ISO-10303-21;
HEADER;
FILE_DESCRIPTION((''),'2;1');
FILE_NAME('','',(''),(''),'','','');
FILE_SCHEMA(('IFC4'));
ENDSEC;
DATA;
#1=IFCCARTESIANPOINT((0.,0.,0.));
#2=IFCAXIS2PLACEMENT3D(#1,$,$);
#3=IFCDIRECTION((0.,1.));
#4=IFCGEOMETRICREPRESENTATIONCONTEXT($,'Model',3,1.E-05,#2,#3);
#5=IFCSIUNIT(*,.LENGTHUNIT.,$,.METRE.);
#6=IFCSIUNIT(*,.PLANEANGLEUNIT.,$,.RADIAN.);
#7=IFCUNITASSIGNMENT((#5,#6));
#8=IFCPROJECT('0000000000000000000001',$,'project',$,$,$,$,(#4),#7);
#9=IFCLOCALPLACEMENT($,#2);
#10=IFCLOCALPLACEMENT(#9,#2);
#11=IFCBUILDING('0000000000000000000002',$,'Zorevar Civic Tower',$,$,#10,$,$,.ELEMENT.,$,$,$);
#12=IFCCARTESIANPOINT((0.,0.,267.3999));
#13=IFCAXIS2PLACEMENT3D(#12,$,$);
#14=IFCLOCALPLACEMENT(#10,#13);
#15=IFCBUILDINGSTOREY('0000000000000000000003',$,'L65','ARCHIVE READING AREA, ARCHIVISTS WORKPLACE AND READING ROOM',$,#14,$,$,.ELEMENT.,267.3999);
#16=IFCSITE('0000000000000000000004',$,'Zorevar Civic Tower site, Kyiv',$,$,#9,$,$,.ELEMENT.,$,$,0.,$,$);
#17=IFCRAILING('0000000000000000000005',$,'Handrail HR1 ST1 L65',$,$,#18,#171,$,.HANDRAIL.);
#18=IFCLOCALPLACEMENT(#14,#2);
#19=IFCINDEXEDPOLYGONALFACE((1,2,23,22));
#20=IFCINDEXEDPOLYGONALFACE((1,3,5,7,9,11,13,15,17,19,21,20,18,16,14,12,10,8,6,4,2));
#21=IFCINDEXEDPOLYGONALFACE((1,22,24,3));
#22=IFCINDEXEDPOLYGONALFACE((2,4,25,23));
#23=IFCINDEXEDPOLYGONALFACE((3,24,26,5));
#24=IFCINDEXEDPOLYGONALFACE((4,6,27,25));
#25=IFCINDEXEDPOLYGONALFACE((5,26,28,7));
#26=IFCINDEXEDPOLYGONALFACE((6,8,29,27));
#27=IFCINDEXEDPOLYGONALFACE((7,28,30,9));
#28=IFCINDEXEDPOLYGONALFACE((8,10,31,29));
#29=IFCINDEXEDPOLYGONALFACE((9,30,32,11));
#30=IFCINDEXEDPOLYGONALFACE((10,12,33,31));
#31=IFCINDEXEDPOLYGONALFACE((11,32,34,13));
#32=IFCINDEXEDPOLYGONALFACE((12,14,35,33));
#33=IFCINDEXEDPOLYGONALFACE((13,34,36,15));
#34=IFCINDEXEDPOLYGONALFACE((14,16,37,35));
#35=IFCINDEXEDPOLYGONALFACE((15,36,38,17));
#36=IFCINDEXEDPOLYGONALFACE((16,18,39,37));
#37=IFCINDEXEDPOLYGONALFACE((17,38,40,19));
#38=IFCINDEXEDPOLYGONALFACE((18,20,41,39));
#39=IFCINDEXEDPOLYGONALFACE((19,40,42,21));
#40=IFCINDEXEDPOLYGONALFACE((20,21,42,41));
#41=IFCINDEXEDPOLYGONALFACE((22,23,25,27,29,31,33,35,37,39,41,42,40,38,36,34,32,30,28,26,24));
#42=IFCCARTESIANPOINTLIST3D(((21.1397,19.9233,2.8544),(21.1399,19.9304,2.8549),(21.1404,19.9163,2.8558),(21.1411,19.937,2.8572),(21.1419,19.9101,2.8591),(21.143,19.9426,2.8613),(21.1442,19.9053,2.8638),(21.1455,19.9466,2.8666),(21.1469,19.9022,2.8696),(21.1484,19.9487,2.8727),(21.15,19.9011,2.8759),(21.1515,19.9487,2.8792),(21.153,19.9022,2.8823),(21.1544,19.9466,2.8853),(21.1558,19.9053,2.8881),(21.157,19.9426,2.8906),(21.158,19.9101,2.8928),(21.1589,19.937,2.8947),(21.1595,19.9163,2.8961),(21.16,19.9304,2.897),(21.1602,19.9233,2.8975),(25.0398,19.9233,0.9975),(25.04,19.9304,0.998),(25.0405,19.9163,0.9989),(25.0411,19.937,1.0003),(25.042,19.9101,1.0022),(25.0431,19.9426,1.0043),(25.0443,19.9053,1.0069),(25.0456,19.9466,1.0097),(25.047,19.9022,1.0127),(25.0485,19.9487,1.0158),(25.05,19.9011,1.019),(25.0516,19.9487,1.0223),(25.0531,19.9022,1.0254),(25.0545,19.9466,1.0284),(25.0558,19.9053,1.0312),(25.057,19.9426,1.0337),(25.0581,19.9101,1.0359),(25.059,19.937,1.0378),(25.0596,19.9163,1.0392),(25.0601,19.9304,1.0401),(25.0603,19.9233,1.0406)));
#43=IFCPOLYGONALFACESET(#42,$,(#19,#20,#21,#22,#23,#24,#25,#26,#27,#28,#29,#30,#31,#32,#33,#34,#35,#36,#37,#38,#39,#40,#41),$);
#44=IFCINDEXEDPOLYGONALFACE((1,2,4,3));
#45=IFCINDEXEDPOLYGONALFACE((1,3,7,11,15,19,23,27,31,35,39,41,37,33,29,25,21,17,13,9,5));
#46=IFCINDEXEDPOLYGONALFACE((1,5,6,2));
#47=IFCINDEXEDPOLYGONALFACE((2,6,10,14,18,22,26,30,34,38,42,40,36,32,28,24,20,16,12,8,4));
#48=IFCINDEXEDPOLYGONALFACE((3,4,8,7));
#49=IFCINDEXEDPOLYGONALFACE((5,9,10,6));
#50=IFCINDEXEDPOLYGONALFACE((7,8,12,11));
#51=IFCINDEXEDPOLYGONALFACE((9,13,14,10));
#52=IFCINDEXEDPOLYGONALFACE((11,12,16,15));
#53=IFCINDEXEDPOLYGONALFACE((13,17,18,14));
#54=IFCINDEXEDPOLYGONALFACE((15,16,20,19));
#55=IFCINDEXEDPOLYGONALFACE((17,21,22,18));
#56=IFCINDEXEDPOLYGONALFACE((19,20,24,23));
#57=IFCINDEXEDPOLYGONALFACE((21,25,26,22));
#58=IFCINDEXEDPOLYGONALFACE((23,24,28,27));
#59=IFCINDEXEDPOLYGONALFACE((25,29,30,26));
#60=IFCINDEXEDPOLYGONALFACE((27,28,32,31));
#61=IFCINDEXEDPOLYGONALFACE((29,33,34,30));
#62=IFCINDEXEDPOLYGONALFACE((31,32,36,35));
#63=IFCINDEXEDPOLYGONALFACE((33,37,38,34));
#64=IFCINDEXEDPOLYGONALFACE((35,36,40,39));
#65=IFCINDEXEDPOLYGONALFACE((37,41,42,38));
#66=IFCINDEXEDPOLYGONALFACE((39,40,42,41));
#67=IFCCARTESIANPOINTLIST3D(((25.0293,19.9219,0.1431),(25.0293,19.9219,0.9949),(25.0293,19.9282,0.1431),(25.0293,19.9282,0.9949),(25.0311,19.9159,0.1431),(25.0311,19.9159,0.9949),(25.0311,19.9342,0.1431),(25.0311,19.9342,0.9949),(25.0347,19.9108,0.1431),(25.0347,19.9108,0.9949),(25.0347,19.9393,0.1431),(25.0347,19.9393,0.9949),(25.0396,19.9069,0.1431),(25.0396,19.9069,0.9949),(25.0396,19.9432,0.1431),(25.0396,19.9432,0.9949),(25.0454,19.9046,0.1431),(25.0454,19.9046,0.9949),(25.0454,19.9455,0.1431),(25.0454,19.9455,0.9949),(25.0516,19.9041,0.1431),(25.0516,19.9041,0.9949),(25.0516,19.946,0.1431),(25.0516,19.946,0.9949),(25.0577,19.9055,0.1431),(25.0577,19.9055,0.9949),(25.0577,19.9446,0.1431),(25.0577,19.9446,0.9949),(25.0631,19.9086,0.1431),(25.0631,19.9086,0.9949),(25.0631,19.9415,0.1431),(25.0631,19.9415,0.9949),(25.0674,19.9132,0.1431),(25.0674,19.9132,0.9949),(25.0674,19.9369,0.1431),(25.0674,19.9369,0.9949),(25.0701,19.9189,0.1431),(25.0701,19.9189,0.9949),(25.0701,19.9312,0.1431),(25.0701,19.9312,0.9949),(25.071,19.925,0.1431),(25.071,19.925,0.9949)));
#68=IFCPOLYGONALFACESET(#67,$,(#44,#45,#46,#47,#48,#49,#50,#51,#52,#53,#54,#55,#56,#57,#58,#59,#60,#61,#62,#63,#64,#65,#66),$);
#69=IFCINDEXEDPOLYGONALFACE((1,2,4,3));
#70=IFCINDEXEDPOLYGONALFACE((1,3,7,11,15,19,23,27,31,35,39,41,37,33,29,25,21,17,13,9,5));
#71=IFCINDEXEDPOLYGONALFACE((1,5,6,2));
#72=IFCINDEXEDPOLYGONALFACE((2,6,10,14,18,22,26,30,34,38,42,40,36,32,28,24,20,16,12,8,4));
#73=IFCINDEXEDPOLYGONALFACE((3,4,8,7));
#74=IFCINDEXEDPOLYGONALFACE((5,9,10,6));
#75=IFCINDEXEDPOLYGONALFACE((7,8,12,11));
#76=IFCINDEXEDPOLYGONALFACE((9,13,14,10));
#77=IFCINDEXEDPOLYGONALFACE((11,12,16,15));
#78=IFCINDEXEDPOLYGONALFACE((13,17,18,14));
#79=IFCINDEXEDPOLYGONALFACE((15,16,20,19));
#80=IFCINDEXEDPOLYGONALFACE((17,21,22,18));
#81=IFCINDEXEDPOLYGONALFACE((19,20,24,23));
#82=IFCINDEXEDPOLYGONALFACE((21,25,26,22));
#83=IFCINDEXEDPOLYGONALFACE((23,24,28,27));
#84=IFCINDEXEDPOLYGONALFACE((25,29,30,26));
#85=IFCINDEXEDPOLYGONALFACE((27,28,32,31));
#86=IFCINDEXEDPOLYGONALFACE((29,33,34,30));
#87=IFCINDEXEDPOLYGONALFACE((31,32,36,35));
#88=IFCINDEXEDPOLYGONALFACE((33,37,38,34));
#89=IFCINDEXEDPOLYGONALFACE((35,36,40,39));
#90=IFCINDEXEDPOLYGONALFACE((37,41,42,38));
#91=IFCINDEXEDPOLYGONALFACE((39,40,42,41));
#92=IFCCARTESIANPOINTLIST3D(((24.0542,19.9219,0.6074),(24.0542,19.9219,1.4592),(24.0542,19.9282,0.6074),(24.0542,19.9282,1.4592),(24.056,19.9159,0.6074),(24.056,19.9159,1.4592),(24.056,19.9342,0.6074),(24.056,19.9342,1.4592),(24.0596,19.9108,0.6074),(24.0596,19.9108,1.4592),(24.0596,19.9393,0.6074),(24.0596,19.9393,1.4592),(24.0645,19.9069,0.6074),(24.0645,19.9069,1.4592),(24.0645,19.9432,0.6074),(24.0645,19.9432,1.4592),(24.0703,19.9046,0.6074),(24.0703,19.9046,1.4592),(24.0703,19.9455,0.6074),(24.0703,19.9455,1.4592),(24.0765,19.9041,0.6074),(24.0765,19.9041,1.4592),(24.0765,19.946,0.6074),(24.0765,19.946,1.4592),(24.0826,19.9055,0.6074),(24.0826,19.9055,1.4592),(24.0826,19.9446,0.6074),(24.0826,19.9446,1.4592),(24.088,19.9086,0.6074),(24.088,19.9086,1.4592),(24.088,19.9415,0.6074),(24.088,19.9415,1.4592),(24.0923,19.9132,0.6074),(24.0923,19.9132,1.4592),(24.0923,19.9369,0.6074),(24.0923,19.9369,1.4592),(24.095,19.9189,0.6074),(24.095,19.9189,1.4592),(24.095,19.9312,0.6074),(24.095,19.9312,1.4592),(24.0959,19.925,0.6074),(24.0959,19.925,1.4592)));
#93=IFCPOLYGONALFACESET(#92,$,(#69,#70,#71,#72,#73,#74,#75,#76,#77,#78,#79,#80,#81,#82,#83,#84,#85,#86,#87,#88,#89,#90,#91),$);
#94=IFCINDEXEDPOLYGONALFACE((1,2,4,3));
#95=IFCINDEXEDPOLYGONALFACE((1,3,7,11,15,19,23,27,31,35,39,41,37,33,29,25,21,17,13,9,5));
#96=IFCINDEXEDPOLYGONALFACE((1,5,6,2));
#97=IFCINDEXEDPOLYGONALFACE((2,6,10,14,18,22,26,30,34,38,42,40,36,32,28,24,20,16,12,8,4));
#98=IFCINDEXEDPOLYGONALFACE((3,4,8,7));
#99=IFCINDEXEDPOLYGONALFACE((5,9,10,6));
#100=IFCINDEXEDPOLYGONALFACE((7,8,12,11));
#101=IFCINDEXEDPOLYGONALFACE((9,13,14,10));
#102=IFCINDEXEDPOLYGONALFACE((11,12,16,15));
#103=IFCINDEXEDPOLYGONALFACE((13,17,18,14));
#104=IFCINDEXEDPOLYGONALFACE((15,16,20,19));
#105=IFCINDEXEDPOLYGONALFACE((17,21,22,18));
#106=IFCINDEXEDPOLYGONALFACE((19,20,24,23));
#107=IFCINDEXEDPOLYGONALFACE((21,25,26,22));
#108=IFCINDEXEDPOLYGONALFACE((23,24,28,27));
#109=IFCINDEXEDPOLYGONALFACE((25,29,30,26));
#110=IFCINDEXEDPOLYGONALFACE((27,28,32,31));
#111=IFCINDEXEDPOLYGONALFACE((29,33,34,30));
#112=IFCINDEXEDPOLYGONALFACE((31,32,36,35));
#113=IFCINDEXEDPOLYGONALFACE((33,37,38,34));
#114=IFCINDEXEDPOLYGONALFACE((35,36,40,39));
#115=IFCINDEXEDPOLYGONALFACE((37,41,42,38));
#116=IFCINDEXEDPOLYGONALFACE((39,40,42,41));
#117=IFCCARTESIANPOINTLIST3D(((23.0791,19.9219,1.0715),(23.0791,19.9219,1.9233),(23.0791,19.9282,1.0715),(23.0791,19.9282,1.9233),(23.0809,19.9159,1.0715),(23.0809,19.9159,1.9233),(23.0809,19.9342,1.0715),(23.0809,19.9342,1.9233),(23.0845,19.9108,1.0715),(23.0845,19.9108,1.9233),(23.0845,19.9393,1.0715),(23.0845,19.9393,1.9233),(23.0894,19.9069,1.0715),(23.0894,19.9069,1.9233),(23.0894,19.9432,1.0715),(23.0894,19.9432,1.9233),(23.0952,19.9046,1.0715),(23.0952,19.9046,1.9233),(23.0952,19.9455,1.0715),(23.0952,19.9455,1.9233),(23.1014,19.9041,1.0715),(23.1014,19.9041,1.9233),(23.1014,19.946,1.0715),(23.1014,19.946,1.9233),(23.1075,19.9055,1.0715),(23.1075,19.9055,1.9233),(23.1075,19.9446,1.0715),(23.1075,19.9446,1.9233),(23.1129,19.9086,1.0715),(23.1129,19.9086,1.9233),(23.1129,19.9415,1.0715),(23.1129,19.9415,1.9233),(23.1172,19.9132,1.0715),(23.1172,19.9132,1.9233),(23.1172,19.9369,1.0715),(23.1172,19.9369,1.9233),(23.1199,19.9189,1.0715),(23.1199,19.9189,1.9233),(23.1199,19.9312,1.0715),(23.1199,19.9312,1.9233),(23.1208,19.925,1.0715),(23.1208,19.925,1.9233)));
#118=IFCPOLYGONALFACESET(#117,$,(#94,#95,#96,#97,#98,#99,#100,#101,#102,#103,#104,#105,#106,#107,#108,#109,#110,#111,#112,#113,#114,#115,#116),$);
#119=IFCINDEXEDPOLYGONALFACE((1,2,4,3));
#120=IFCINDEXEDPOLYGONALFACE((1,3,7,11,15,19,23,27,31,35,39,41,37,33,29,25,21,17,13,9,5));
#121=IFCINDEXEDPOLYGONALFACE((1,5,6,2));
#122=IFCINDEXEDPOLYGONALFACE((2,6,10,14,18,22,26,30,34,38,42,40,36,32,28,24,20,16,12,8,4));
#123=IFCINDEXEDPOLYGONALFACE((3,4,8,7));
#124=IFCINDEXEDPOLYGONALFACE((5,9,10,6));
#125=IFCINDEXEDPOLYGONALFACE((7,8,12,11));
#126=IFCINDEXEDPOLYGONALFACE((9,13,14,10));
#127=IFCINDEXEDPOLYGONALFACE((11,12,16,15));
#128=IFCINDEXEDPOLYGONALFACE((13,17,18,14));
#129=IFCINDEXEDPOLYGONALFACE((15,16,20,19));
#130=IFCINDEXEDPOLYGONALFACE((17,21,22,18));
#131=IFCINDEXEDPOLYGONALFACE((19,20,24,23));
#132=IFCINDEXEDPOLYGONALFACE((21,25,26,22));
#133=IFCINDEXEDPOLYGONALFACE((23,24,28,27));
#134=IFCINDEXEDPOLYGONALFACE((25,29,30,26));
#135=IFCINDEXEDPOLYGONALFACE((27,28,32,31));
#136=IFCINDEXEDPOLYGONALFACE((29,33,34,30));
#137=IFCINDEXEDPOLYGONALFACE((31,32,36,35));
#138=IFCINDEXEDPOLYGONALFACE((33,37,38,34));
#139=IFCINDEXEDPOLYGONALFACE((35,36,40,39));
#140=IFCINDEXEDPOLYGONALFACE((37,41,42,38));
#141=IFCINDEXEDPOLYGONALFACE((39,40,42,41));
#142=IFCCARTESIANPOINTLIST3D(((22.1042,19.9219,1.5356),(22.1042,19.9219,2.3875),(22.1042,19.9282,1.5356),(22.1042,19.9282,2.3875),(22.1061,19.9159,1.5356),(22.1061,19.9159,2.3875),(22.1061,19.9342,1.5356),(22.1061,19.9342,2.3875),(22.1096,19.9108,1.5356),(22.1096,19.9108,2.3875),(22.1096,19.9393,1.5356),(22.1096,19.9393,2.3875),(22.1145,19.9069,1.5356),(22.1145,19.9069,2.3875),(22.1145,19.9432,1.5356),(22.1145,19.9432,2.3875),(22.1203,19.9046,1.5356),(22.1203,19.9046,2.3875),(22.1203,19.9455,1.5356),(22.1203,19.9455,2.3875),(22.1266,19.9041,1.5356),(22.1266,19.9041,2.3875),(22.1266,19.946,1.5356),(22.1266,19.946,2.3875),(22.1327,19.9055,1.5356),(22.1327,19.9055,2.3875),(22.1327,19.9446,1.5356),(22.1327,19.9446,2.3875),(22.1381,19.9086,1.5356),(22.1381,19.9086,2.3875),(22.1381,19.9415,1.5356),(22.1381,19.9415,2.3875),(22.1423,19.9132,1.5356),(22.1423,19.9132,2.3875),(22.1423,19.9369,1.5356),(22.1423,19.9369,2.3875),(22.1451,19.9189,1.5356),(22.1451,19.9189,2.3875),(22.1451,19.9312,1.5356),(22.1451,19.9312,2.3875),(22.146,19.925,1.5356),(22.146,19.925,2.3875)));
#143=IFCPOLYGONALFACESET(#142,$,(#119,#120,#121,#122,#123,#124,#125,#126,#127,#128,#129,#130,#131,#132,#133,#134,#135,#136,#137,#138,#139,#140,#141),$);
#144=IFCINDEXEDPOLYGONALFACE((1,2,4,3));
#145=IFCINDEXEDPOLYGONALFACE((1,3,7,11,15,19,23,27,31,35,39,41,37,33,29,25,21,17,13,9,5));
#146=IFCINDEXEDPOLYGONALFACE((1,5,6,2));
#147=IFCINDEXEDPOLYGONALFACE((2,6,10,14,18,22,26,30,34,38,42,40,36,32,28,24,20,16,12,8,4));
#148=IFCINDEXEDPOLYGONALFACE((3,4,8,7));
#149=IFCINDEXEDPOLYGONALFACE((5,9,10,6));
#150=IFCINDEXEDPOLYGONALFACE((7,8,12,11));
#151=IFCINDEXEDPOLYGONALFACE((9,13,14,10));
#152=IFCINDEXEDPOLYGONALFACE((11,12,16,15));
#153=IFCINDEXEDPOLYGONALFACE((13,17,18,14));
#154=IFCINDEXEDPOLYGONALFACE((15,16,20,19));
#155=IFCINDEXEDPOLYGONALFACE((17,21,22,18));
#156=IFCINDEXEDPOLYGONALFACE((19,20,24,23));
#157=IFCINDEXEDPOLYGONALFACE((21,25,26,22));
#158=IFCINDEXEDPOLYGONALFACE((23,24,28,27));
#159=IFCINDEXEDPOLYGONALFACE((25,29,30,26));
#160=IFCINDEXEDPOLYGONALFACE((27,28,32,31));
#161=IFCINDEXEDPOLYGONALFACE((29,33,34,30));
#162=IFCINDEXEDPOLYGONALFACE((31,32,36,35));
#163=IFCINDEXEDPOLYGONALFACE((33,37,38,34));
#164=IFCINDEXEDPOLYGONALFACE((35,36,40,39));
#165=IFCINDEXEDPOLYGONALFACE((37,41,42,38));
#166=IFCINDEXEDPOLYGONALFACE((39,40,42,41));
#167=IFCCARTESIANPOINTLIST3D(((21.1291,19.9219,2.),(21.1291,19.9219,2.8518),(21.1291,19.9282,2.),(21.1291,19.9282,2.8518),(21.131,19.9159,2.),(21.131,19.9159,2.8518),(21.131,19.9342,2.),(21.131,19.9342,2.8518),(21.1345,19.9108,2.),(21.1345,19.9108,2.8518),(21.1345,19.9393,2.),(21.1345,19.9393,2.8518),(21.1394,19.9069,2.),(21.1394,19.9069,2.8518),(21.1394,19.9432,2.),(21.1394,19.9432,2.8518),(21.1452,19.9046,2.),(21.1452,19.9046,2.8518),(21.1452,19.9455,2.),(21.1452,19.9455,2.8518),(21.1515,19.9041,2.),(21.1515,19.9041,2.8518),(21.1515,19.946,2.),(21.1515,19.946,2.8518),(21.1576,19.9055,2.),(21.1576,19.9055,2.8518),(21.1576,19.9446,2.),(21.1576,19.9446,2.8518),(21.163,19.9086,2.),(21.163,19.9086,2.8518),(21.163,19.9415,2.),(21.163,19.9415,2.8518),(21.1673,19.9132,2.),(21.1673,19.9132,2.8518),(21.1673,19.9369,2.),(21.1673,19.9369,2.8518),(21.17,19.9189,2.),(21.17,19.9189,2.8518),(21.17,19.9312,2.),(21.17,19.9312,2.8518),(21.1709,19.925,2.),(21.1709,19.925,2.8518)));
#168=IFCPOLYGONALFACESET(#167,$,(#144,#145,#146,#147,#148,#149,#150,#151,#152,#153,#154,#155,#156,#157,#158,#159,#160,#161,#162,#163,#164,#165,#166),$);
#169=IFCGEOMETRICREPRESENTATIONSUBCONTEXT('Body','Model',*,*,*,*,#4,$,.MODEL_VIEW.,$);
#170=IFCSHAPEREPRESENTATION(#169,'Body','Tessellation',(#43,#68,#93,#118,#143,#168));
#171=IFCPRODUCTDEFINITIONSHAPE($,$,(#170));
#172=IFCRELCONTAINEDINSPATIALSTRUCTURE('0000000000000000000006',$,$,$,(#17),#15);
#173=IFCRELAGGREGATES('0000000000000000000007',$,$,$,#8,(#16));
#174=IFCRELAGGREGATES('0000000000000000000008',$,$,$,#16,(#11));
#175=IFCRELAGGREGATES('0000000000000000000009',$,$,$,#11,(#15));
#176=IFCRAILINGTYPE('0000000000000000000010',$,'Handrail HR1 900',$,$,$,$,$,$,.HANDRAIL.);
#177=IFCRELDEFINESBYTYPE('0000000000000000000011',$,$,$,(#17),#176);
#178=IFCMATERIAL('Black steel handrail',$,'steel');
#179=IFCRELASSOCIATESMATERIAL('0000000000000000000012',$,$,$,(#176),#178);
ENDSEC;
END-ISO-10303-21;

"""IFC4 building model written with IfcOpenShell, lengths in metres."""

from ifc_helpers import new_model, si_unit, direction, frame, origin, origin_2d, place, context, subcontext, project, spatial, circle, extrude, material, type_object, element, save


model = new_model("IFC4")

# Units and contexts
model_context = context("Model", 3, precision=1e-05, world=origin(), true_north=direction((0.0, 1.0)))
body_context = subcontext(model_context, "Body", "Model", "MODEL_VIEW")
ifc_project = project(units=[si_unit("LENGTHUNIT", "METRE"), si_unit("PLANEANGLEUNIT", "RADIAN")], contexts=[model_context])

# Site, building, storey
site_placement = place(None, origin())
site = spatial("IfcSite", under=ifc_project, at=site_placement, Name="Zorevar Civic Tower site, Kyiv", CompositionType="ELEMENT", RefElevation=0.0)
building_placement = place(site_placement, origin())
building = spatial("IfcBuilding", under=site, at=building_placement, Name="Zorevar Civic Tower", CompositionType="ELEMENT")
storey_placement = place(building_placement, frame((0.0, 0.0, 267.3999)))
storey = spatial("IfcBuildingStorey", under=building, at=storey_placement, Name="L65", Description="ARCHIVE READING AREA, ARCHIVISTS WORKPLACE AND READING ROOM", CompositionType="ELEMENT", Elevation=267.3999)

# Railing
ifc_material_1 = material(Name="Black steel handrail", Category="steel")
railing_type = type_object("IfcRailingType", Name="Handrail HR1 900", PredefinedType="HANDRAIL", material=ifc_material_1)
railing_1_placement = place(storey_placement, frame((25.05, 19.925, 0.1431)))
element("IfcRailing", 1, at=railing_1_placement, inside=storey, type_object=railing_type, Name="Handrail HR1 ST1 L65", PredefinedType="HANDRAIL", context=body_context, shape_type="SweptSolid", body=[
    extrude(circle(Radius=0.0239, at=origin_2d()), frame((0.0, 0.0, 0.876), z_axis=(-0.902886, 0.0, 0.429881), x_axis=(0.0, -1.0, 0.0)), (0.0, 0.0, 1.0), 4.3196),
    extrude(circle(Radius=0.021, at=origin_2d()), origin(), (0.0, 0.0, 1.0), 0.8518),
    extrude(circle(Radius=0.021, at=origin_2d()), frame((-0.9751, 0.0, 0.4644)), (0.0, 0.0, 1.0), 0.8518),
    extrude(circle(Radius=0.021, at=origin_2d()), frame((-1.9502, 0.0, 0.9285)), (0.0, 0.0, 1.0), 0.8518),
    extrude(circle(Radius=0.021, at=origin_2d()), frame((-2.925, 0.0, 1.3926)), (0.0, 0.0, 1.0), 0.8518),
    extrude(circle(Radius=0.021, at=origin_2d()), frame((-3.9001, 0.0, 1.8569)), (0.0, 0.0, 1.0), 0.8518),
])

save(model, "model.ifc")
